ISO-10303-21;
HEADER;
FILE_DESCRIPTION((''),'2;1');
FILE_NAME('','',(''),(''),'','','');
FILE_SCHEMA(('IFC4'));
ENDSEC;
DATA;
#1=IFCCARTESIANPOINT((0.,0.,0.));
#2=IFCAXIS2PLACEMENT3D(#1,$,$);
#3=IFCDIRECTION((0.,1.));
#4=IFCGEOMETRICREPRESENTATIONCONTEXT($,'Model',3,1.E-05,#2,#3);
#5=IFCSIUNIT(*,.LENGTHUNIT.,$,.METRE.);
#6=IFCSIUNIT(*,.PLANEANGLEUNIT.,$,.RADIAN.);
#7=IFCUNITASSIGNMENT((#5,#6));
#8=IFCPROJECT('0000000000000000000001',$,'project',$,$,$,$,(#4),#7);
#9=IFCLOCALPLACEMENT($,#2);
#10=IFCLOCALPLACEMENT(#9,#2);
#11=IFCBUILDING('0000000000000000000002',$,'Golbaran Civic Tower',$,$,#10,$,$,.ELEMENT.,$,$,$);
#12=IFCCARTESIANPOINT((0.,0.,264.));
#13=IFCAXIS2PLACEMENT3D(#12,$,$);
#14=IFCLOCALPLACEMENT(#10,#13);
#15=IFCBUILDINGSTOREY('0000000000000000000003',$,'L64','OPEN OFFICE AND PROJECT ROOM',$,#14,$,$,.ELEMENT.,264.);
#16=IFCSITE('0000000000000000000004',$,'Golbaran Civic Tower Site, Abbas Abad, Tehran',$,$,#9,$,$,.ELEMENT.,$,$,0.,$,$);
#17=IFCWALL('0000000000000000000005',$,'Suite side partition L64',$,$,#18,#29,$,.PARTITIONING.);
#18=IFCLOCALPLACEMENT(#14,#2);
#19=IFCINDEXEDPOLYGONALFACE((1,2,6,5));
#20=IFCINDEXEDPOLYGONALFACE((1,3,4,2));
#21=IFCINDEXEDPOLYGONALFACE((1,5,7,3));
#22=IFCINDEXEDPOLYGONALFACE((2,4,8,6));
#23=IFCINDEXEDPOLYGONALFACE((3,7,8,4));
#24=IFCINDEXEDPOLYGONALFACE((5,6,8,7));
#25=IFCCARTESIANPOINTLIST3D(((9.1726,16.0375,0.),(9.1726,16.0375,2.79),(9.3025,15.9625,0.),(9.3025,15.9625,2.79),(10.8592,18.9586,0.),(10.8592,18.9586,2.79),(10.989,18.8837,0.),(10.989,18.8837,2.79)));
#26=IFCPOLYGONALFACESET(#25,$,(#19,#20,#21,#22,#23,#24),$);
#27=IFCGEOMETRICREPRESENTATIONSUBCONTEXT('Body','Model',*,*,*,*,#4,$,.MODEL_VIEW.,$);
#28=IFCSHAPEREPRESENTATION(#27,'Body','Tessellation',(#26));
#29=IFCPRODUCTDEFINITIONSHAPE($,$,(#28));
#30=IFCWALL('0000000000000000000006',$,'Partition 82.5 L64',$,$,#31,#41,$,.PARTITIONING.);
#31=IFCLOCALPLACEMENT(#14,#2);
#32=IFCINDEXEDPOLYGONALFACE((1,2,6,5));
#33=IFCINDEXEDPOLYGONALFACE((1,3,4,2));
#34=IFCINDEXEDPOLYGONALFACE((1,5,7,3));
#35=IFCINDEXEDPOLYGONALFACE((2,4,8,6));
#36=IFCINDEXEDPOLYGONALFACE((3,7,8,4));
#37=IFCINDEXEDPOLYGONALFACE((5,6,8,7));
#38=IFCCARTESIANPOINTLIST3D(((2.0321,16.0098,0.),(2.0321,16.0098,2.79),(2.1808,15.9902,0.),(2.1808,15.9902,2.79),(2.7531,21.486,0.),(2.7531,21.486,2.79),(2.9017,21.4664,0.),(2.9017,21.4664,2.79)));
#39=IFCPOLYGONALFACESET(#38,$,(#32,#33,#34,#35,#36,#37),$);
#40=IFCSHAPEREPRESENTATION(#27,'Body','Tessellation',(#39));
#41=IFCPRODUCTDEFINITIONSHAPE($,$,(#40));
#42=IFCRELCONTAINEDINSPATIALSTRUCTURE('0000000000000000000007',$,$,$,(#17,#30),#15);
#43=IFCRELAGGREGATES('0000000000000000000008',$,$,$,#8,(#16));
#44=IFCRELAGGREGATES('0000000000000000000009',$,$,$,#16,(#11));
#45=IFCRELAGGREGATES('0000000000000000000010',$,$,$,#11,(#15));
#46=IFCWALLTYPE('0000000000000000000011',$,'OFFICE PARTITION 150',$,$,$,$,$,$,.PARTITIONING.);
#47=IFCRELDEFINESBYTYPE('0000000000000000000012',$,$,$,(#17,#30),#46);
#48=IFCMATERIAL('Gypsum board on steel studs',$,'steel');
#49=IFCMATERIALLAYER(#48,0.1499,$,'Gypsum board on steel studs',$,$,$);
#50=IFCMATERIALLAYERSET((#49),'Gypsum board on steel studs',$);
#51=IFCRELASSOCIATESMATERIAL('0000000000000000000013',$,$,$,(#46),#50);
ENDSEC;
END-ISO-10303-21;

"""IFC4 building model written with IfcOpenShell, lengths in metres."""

from ifc_helpers import new_model, si_unit, direction, frame, frame_2d, origin, place, context, subcontext, project, spatial, rectangle, extrude, material, layer, layer_set, type_object, element, save


model = new_model("IFC4")

# Units and contexts
model_context = context("Model", 3, precision=1e-05, world=origin(), true_north=direction((0.0, 1.0)))
body_context = subcontext(model_context, "Body", "Model", "MODEL_VIEW")
ifc_project = project(units=[si_unit("LENGTHUNIT", "METRE"), si_unit("PLANEANGLEUNIT", "RADIAN")], contexts=[model_context])

# Site, building, storey
site_placement = place(None, origin())
site = spatial("IfcSite", under=ifc_project, at=site_placement, Name="Golbaran Civic Tower Site, Abbas Abad, Tehran", CompositionType="ELEMENT", RefElevation=0.0)
building_placement = place(site_placement, origin())
building = spatial("IfcBuilding", under=site, at=building_placement, Name="Golbaran Civic Tower", CompositionType="ELEMENT")
storey_placement = place(building_placement, frame((0.0, 0.0, 264.0)))
storey = spatial("IfcBuildingStorey", under=building, at=storey_placement, Name="L64", Description="OPEN OFFICE AND PROJECT ROOM", CompositionType="ELEMENT", Elevation=264.0)

# Shared definitions
ifc_material_1 = material(Name="Gypsum board on steel studs", Category="steel")
ifc_layer_1 = layer(ifc_material_1, 0.1499, Name="Gypsum board on steel studs")
ifc_layer_set_1 = layer_set([ifc_layer_1], Name="Gypsum board on steel studs")
wall_type_1 = type_object("IfcWallType", Name="OFFICE PARTITION 150", PredefinedType="PARTITIONING", material=ifc_layer_set_1)

# Walls
wall_1_placement = place(storey_placement, frame((9.2375, 16.0, 0.0), z_axis=(0.0, 0.0, 1.0), x_axis=(0.5, 0.866025, 0.0)))
element("IfcWall", 1, at=wall_1_placement, inside=storey, type_object=wall_type_1, Name="Suite side partition L64", PredefinedType="PARTITIONING", context=body_context, shape_type="SweptSolid", body=[
    extrude(rectangle(XDim=3.373, YDim=0.1499, at=frame_2d((1.6865, 0.0))), origin(), (0.0, 0.0, 1.0), 2.79),
])
wall_2_placement = place(storey_placement, frame((2.1064, 16.0, 0.0), z_axis=(0.0, 0.0, 1.0), x_axis=(0.130528, 0.991445, 0.0)))
element("IfcWall", 2, at=wall_2_placement, inside=storey, type_object=wall_type_1, Name="Partition 82.5 L64", PredefinedType="PARTITIONING", context=body_context, shape_type="SweptSolid", body=[
    extrude(rectangle(XDim=5.5234, YDim=0.1499, at=frame_2d((2.7617, 0.0))), origin(), (0.0, 0.0, 1.0), 2.79),
])

save(model, "model.ifc")
